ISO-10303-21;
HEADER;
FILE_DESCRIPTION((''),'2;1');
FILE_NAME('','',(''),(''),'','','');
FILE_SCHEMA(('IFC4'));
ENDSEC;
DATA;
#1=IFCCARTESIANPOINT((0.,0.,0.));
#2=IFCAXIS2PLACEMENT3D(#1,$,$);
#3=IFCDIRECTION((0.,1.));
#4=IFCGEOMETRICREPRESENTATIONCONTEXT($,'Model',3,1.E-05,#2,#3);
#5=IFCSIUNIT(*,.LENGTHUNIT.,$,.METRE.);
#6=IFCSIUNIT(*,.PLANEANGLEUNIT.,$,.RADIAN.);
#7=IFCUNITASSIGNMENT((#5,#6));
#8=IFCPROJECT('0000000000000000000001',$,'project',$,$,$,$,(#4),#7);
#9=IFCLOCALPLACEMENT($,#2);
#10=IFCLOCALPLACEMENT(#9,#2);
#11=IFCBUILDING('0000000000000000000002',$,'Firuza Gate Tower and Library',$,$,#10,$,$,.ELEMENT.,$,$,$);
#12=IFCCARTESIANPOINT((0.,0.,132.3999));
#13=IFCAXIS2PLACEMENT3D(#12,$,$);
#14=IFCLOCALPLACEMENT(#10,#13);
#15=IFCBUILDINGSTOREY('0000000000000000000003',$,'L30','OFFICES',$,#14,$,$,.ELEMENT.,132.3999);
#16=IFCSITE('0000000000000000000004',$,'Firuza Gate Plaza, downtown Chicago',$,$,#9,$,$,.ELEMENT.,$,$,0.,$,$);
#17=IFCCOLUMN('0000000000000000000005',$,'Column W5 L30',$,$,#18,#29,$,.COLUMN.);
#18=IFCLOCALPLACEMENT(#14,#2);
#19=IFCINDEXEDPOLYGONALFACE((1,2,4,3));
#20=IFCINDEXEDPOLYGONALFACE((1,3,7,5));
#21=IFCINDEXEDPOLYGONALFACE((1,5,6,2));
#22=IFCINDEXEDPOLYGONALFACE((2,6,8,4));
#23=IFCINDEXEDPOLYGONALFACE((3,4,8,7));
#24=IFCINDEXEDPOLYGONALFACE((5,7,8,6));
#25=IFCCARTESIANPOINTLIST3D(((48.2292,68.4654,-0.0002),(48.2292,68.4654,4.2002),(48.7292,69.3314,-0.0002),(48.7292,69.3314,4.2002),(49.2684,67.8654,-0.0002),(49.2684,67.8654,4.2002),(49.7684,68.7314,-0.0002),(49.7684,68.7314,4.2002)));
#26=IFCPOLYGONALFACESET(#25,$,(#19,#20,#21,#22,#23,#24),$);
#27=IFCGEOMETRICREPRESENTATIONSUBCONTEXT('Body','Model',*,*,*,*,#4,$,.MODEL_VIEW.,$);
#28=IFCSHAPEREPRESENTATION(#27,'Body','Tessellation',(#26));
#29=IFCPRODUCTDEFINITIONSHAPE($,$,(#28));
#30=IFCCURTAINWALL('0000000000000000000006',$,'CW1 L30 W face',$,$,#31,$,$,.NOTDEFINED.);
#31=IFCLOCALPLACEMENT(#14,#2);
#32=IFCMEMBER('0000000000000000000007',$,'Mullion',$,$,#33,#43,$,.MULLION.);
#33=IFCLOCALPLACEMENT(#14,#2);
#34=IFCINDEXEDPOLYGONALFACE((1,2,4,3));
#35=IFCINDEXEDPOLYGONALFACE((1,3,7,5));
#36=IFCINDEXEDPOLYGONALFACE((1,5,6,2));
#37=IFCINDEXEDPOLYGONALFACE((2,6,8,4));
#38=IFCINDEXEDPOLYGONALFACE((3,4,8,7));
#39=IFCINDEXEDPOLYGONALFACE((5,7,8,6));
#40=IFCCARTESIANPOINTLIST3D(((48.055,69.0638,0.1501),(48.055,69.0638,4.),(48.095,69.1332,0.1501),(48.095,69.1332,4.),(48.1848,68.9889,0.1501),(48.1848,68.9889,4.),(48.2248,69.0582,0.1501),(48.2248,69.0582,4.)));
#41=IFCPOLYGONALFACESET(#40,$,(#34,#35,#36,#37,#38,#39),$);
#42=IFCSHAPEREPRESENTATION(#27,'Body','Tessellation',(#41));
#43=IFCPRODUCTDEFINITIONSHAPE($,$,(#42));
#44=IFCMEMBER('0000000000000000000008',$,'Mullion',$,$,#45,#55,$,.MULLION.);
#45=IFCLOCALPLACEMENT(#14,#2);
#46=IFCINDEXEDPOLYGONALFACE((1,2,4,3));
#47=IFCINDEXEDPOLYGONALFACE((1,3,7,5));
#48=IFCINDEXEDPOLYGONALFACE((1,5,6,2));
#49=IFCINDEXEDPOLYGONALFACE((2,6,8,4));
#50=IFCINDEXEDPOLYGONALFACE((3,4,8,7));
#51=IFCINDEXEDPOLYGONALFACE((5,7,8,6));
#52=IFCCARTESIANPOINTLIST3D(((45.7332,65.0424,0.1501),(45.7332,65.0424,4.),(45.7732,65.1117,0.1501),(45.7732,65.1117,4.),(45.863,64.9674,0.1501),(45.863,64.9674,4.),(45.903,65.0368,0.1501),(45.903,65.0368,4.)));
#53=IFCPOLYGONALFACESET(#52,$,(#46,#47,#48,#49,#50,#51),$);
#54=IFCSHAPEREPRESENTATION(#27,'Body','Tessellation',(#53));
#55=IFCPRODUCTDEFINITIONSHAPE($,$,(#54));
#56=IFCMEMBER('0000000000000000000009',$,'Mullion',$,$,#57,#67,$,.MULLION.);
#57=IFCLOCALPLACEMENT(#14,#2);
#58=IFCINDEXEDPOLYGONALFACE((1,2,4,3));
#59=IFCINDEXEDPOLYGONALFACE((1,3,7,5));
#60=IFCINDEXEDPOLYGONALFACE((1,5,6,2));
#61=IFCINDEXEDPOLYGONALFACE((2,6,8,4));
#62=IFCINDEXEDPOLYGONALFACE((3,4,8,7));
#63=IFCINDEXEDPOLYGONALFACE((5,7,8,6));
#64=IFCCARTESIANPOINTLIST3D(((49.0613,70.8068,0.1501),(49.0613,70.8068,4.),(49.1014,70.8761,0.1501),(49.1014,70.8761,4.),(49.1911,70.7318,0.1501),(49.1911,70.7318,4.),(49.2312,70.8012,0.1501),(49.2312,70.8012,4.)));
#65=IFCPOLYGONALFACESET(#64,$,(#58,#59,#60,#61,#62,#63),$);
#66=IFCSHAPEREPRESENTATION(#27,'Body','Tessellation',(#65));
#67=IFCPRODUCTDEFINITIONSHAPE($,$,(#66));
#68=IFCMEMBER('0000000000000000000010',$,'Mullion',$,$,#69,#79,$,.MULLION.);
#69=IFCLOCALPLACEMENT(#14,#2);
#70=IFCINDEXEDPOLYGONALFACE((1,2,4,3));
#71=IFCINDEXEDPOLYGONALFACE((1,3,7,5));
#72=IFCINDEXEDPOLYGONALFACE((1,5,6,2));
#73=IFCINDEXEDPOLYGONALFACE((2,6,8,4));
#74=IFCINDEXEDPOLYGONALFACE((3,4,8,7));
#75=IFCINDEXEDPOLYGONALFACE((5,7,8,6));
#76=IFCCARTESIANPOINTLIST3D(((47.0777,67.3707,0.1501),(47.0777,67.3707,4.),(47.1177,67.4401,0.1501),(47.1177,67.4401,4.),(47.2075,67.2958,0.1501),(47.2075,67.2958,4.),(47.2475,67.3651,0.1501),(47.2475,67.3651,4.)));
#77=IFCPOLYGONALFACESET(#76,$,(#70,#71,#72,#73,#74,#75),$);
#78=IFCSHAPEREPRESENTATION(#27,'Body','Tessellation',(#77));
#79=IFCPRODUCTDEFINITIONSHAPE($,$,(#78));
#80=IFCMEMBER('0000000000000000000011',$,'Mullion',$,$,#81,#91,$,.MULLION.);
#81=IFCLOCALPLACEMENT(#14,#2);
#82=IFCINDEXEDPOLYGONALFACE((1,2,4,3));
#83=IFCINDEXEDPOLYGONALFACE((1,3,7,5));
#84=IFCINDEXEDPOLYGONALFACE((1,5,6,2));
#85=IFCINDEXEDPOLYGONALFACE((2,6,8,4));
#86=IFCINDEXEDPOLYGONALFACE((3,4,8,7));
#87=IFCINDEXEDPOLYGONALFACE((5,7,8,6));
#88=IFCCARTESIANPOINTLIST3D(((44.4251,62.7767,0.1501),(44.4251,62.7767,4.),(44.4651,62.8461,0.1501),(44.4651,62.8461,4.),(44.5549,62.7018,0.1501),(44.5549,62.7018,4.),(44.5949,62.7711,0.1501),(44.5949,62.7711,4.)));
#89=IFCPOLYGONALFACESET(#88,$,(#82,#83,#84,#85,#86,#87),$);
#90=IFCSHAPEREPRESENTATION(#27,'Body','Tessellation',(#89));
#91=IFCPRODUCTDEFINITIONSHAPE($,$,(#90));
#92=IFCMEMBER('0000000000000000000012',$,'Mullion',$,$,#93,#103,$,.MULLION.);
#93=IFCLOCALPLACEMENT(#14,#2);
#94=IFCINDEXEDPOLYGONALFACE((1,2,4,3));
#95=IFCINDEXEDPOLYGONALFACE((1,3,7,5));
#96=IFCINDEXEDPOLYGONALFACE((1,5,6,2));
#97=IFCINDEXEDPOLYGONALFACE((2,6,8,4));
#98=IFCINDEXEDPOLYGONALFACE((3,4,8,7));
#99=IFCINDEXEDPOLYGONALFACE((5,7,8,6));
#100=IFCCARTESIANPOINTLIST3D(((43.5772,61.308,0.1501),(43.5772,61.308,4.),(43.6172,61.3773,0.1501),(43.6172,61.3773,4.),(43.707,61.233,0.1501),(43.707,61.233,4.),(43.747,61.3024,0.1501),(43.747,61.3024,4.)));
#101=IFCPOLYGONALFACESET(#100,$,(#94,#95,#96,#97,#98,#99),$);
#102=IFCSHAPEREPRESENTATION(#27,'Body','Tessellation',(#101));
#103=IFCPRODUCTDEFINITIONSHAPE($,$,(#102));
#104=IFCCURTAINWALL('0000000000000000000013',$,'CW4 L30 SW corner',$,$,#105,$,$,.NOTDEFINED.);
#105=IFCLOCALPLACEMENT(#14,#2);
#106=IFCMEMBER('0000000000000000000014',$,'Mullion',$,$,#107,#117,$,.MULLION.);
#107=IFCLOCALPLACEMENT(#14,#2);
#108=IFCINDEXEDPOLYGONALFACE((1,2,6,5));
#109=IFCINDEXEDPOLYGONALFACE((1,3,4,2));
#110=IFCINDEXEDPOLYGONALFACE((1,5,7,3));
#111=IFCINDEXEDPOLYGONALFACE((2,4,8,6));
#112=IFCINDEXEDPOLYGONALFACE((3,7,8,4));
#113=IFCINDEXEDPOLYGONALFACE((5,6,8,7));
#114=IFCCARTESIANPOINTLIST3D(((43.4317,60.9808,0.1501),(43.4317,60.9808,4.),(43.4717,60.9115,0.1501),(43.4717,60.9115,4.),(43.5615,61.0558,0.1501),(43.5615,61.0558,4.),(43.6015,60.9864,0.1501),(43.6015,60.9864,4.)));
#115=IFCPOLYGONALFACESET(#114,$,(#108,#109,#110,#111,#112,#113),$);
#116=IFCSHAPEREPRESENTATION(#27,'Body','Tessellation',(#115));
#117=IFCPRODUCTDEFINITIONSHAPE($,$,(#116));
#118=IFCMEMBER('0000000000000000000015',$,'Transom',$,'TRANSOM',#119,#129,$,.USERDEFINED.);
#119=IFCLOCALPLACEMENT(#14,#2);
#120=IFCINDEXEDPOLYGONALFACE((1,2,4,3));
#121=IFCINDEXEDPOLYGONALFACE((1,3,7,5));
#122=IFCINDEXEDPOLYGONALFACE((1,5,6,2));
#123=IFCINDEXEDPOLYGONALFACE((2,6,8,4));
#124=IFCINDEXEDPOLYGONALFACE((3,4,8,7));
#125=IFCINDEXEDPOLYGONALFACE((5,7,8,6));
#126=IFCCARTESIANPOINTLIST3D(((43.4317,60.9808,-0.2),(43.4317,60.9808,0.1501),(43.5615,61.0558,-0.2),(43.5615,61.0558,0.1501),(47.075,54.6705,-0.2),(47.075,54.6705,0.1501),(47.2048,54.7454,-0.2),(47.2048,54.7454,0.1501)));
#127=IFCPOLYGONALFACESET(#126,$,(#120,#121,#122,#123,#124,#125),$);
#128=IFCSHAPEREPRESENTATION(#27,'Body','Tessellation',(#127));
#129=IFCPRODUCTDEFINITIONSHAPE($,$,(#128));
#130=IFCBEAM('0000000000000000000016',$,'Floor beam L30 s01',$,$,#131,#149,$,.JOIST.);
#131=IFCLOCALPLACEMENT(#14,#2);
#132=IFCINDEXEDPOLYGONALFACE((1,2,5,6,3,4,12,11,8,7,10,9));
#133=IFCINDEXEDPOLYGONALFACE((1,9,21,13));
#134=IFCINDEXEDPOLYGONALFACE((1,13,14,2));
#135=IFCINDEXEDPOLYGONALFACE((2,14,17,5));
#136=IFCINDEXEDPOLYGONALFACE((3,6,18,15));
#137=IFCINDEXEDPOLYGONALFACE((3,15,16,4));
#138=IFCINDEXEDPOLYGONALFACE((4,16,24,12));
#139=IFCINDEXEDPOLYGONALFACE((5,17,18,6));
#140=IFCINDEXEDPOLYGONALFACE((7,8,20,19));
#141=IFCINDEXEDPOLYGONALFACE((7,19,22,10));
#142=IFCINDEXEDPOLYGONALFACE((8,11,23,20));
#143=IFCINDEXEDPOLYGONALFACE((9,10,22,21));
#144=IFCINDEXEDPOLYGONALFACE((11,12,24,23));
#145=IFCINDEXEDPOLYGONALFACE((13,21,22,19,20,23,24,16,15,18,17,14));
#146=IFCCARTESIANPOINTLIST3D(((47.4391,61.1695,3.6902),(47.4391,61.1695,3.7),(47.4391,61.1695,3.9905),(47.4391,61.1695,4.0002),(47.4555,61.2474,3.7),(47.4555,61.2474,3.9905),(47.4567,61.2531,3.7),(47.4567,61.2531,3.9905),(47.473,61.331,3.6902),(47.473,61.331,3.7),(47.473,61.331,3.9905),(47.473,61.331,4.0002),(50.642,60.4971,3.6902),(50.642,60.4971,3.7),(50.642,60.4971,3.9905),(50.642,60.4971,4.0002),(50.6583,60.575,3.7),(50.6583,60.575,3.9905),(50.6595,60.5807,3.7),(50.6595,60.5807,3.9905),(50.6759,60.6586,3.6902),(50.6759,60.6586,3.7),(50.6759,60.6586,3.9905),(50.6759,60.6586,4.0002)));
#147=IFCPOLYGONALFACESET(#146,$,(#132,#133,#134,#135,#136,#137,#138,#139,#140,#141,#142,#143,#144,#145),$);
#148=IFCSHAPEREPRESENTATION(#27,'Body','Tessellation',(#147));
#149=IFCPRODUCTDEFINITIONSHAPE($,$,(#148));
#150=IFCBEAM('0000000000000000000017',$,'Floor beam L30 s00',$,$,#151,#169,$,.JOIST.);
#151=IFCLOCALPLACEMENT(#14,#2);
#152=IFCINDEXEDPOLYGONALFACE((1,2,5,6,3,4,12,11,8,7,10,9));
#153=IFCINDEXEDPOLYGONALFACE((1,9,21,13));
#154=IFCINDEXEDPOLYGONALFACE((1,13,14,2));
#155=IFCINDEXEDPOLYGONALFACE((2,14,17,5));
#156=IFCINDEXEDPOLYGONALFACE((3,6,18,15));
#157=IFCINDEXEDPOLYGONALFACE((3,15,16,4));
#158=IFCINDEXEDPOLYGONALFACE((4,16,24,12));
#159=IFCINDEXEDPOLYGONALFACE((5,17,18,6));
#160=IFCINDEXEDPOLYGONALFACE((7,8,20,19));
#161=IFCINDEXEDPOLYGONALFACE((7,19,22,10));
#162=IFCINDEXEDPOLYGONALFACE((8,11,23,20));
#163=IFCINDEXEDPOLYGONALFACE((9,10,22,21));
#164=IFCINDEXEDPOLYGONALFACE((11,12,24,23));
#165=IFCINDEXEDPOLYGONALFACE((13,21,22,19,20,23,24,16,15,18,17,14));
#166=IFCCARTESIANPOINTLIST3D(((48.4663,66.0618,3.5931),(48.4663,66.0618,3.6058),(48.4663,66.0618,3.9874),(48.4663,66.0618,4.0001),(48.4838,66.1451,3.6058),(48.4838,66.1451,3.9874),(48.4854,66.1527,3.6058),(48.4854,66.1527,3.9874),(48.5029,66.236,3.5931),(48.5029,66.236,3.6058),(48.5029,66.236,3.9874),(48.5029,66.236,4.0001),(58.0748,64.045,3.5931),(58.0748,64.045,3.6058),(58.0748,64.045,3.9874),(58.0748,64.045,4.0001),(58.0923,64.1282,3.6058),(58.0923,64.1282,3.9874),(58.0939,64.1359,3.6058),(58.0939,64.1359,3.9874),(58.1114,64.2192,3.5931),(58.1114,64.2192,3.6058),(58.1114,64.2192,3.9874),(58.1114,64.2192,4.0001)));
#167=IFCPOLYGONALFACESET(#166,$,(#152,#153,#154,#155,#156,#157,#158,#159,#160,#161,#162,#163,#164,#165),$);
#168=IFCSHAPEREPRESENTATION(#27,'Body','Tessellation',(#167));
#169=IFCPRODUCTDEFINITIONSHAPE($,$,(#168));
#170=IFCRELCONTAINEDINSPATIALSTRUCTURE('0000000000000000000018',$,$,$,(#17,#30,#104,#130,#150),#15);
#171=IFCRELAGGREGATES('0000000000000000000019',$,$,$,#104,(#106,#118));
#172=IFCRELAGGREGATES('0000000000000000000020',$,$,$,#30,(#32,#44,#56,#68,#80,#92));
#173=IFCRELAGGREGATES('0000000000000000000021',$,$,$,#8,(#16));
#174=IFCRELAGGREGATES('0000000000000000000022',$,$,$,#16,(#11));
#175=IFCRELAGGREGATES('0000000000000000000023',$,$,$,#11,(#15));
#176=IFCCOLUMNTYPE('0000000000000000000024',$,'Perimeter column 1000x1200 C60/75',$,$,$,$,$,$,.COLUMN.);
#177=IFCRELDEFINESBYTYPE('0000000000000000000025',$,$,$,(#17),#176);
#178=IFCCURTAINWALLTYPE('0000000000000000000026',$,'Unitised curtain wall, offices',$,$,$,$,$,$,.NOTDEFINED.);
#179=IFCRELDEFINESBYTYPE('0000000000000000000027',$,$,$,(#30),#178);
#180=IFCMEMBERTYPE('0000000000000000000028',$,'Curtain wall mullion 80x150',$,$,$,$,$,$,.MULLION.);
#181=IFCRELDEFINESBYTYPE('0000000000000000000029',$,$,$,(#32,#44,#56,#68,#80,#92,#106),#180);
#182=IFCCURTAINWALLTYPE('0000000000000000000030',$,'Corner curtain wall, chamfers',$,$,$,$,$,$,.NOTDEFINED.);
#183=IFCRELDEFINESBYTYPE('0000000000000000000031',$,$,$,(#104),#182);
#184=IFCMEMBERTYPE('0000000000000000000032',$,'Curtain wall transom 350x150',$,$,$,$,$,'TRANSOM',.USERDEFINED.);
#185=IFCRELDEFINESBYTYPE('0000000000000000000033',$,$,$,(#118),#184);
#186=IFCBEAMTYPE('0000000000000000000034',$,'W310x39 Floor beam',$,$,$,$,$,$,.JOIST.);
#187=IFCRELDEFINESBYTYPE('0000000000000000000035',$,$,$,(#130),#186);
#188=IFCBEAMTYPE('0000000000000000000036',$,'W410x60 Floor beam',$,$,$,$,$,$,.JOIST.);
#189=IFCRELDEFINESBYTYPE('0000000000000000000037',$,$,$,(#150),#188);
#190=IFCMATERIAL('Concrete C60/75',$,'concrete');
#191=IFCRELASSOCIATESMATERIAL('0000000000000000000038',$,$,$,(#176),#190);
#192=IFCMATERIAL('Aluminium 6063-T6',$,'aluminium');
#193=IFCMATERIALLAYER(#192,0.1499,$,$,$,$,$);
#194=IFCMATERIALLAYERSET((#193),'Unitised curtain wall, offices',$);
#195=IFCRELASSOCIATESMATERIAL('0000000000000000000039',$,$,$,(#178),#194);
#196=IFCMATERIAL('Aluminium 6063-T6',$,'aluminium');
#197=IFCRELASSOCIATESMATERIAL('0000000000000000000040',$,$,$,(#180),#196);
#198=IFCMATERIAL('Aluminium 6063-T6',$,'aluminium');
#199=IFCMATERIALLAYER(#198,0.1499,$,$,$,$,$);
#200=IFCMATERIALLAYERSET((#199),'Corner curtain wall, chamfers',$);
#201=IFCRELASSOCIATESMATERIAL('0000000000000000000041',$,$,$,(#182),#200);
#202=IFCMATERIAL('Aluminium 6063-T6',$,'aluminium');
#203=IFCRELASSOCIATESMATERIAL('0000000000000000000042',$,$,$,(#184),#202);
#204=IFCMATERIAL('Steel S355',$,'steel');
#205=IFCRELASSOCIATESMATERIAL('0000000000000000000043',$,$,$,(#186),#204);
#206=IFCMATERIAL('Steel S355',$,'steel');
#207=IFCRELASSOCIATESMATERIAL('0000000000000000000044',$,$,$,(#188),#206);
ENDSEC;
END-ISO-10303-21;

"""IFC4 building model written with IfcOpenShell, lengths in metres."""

from ifc_helpers import new_model, si_unit, direction, frame, origin, origin_2d, place, context, subcontext, project, spatial, rectangle, i_section, extrude, material, layer, layer_set, material_profile, profile_set, type_object, element, aggregate, save


model = new_model("IFC4")

# Units and contexts
model_context = context("Model", 3, precision=1e-05, world=origin(), true_north=direction((0.0, 1.0)))
body_context = subcontext(model_context, "Body", "Model", "MODEL_VIEW")
ifc_project = project(units=[si_unit("LENGTHUNIT", "METRE"), si_unit("PLANEANGLEUNIT", "RADIAN")], contexts=[model_context])

# Site, building, storey
site_placement = place(None, origin())
site = spatial("IfcSite", under=ifc_project, at=site_placement, Name="Firuza Gate Plaza, downtown Chicago", CompositionType="ELEMENT", RefElevation=0.0)
building_placement = place(site_placement, origin())
building = spatial("IfcBuilding", under=site, at=building_placement, Name="Firuza Gate Tower and Library", CompositionType="ELEMENT")
storey_placement = place(building_placement, frame((0.0, 0.0, 132.3999)))
storey = spatial("IfcBuildingStorey", under=building, at=storey_placement, Name="L30", Description="OFFICES", CompositionType="ELEMENT", Elevation=132.3999)

# Column
ifc_material_1 = material(Name="Concrete C60/75", Category="concrete")
ifc_material_profile_1 = material_profile(ifc_material_1, rectangle(XDim=1.0, YDim=1.2, at=origin_2d()))
ifc_profile_set_1 = profile_set([ifc_material_profile_1], Name="Concrete C60/75")
column_type = type_object("IfcColumnType", Name="Perimeter column 1000x1200 C60/75", PredefinedType="COLUMN", material=ifc_profile_set_1)
column_placement = place(storey_placement, frame((48.9988, 68.5984, -0.0002), z_axis=(0.0, 0.0, 1.0), x_axis=(-0.5, -0.866025, 0.0)))
element("IfcColumn", 1, at=column_placement, inside=storey, type_object=column_type, Name="Column W5 L30", PredefinedType="COLUMN", context=body_context, shape_type="SweptSolid", body=[
    extrude(rectangle(XDim=1.0, YDim=1.2, at=origin_2d()), origin(), (0.0, 0.0, 1.0), 4.2004),
])

# Curtain walls, members
ifc_material_2 = material(Name="Aluminium 6063-T6", Category="aluminium")
ifc_layer_1 = layer(ifc_material_2, 0.1499)
ifc_layer_set_1 = layer_set([ifc_layer_1], Name="Unitised curtain wall, offices")
curtain_wall_type_1 = type_object("IfcCurtainWallType", Name="Unitised curtain wall, offices", PredefinedType="NOTDEFINED", material=ifc_layer_set_1)
placement = place(storey_placement, origin())
curtain_wall_1 = element("IfcCurtainWall", 2, at=placement, inside=storey, type_object=curtain_wall_type_1, Name="CW1 L30 W face", PredefinedType="NOTDEFINED")
ifc_material_3 = material(Name="Aluminium 6063-T6", Category="aluminium")
ifc_material_profile_2 = material_profile(ifc_material_3, rectangle(XDim=0.1499, YDim=0.0801, at=origin_2d()))
ifc_profile_set_2 = profile_set([ifc_material_profile_2], Name="Aluminium 6063-T6")
member_type_1 = type_object("IfcMemberType", Name="Curtain wall mullion 80x150", PredefinedType="MULLION", material=ifc_profile_set_2)
member_1_placement = place(storey_placement, frame((48.1399, 69.061, 0.1501), z_axis=(0.0, 0.0, 1.0), x_axis=(0.866025, -0.5, 0.0)))
member_1 = element("IfcMember", 3, at=member_1_placement, type_object=member_type_1, Name="Mullion", PredefinedType="MULLION", context=body_context, shape_type="SweptSolid", body=[
    extrude(rectangle(XDim=0.1499, YDim=0.0801, at=origin_2d()), origin(), (0.0, 0.0, 1.0), 3.8499),
])
member_2_placement = place(storey_placement, frame((45.8181, 65.0396, 0.1501), z_axis=(0.0, 0.0, 1.0), x_axis=(0.866025, -0.5, 0.0)))
member_2 = element("IfcMember", 4, at=member_2_placement, type_object=member_type_1, Name="Mullion", PredefinedType="MULLION", context=body_context, shape_type="SweptSolid", body=[
    extrude(rectangle(XDim=0.1499, YDim=0.0801, at=origin_2d()), origin(), (0.0, 0.0, 1.0), 3.8499),
])
member_3_placement = place(storey_placement, frame((49.1462, 70.804, 0.1501), z_axis=(0.0, 0.0, 1.0), x_axis=(0.866025, -0.5, 0.0)))
member_3 = element("IfcMember", 5, at=member_3_placement, type_object=member_type_1, Name="Mullion", PredefinedType="MULLION", context=body_context, shape_type="SweptSolid", body=[
    extrude(rectangle(XDim=0.1499, YDim=0.0801, at=origin_2d()), origin(), (0.0, 0.0, 1.0), 3.8499),
])
member_4_placement = place(storey_placement, frame((47.1626, 67.3679, 0.1501), z_axis=(0.0, 0.0, 1.0), x_axis=(0.866025, -0.5, 0.0)))
member_4 = element("IfcMember", 6, at=member_4_placement, type_object=member_type_1, Name="Mullion", PredefinedType="MULLION", context=body_context, shape_type="SweptSolid", body=[
    extrude(rectangle(XDim=0.1499, YDim=0.0801, at=origin_2d()), origin(), (0.0, 0.0, 1.0), 3.8499),
])
member_5_placement = place(storey_placement, frame((44.51, 62.7739, 0.1501), z_axis=(0.0, 0.0, 1.0), x_axis=(0.866025, -0.5, 0.0)))
member_5 = element("IfcMember", 7, at=member_5_placement, type_object=member_type_1, Name="Mullion", PredefinedType="MULLION", context=body_context, shape_type="SweptSolid", body=[
    extrude(rectangle(XDim=0.1499, YDim=0.0801, at=origin_2d()), origin(), (0.0, 0.0, 1.0), 3.8499),
])
member_6_placement = place(storey_placement, frame((43.6621, 61.3052, 0.1501), z_axis=(0.0, 0.0, 1.0), x_axis=(0.866025, -0.5, 0.0)))
member_6 = element("IfcMember", 8, at=member_6_placement, type_object=member_type_1, Name="Mullion", PredefinedType="MULLION", context=body_context, shape_type="SweptSolid", body=[
    extrude(rectangle(XDim=0.1499, YDim=0.0801, at=origin_2d()), origin(), (0.0, 0.0, 1.0), 3.8499),
])
ifc_material_4 = material(Name="Aluminium 6063-T6", Category="aluminium")
ifc_layer_2 = layer(ifc_material_4, 0.1499)
ifc_layer_set_2 = layer_set([ifc_layer_2], Name="Corner curtain wall, chamfers")
curtain_wall_type_2 = type_object("IfcCurtainWallType", Name="Corner curtain wall, chamfers", PredefinedType="NOTDEFINED", material=ifc_layer_set_2)
curtain_wall_2 = element("IfcCurtainWall", 9, at=placement, inside=storey, type_object=curtain_wall_type_2, Name="CW4 L30 SW corner", PredefinedType="NOTDEFINED")
member_7_placement = place(storey_placement, frame((43.5166, 60.9836, 0.1501), z_axis=(0.0, 0.0, 1.0), x_axis=(0.866025, 0.5, 0.0)))
member_7 = element("IfcMember", 10, at=member_7_placement, type_object=member_type_1, Name="Mullion", PredefinedType="MULLION", context=body_context, shape_type="SweptSolid", body=[
    extrude(rectangle(XDim=0.1499, YDim=0.0801, at=origin_2d()), origin(), (0.0, 0.0, 1.0), 3.8499),
])
ifc_material_5 = material(Name="Aluminium 6063-T6", Category="aluminium")
ifc_material_profile_3 = material_profile(ifc_material_5, rectangle(XDim=0.1499, YDim=0.3501, at=origin_2d()))
ifc_profile_set_3 = profile_set([ifc_material_profile_3], Name="Aluminium 6063-T6")
member_type_2 = type_object("IfcMemberType", Name="Curtain wall transom 350x150", ElementType="TRANSOM", PredefinedType="USERDEFINED", material=ifc_profile_set_3)
member_8_placement = place(storey_placement, frame((43.4966, 61.0183, -0.0249), z_axis=(0.500006, -0.866022, 0.0), x_axis=(0.866022, 0.500006, 0.0)))
member_8 = element("IfcMember", 11, at=member_8_placement, type_object=member_type_2, Name="Transom", ObjectType="TRANSOM", PredefinedType="USERDEFINED", context=body_context, shape_type="SweptSolid", body=[
    extrude(rectangle(XDim=0.1499, YDim=0.3501, at=origin_2d()), origin(), (0.0, 0.0, 1.0), 7.2866),
])

# Beams
ifc_material_6 = material(Name="Steel S355", Category="steel")
ifc_material_profile_4 = material_profile(ifc_material_6, i_section(OverallWidth=0.165, OverallDepth=0.3101, WebThickness=0.0059, FlangeThickness=0.0098, at=origin_2d()))
ifc_profile_set_4 = profile_set([ifc_material_profile_4], Name="Steel S355")
beam_type_1 = type_object("IfcBeamType", Name="W310x39 Floor beam", PredefinedType="JOIST", material=ifc_profile_set_4)
beam_1_placement = place(storey_placement, frame((47.4561, 61.2502, 3.8452), z_axis=(0.978668, -0.205446, 0.0), x_axis=(0.205446, 0.978668, 0.0)))
element("IfcBeam", 12, at=beam_1_placement, inside=storey, type_object=beam_type_1, Name="Floor beam L30 s01", PredefinedType="JOIST", context=body_context, shape_type="SweptSolid", body=[
    extrude(i_section(OverallWidth=0.165, OverallDepth=0.3101, WebThickness=0.0059, FlangeThickness=0.0098, at=origin_2d()), origin(), (0.0, 0.0, 1.0), 3.2727),
])
ifc_material_7 = material(Name="Steel S355", Category="steel")
ifc_material_profile_5 = material_profile(ifc_material_7, i_section(OverallWidth=0.178, OverallDepth=0.407, WebThickness=0.0078, FlangeThickness=0.0127, at=origin_2d()))
ifc_profile_set_5 = profile_set([ifc_material_profile_5], Name="Steel S355")
beam_type_2 = type_object("IfcBeamType", Name="W410x60 Floor beam", PredefinedType="JOIST", material=ifc_profile_set_5)
beam_2_placement = place(storey_placement, frame((48.4846, 66.1489, 3.7966), z_axis=(0.978672, -0.205428, 0.0), x_axis=(0.205428, 0.978672, 0.0)))
element("IfcBeam", 13, at=beam_2_placement, inside=storey, type_object=beam_type_2, Name="Floor beam L30 s00", PredefinedType="JOIST", context=body_context, shape_type="SweptSolid", body=[
    extrude(i_section(OverallWidth=0.178, OverallDepth=0.407, WebThickness=0.0078, FlangeThickness=0.0127, at=origin_2d()), origin(), (0.0, 0.0, 1.0), 9.8179),
])

aggregate(curtain_wall_2, [member_7, member_8])
aggregate(curtain_wall_1, [member_1, member_2, member_3, member_4, member_5, member_6])

save(model, "model.ifc")
